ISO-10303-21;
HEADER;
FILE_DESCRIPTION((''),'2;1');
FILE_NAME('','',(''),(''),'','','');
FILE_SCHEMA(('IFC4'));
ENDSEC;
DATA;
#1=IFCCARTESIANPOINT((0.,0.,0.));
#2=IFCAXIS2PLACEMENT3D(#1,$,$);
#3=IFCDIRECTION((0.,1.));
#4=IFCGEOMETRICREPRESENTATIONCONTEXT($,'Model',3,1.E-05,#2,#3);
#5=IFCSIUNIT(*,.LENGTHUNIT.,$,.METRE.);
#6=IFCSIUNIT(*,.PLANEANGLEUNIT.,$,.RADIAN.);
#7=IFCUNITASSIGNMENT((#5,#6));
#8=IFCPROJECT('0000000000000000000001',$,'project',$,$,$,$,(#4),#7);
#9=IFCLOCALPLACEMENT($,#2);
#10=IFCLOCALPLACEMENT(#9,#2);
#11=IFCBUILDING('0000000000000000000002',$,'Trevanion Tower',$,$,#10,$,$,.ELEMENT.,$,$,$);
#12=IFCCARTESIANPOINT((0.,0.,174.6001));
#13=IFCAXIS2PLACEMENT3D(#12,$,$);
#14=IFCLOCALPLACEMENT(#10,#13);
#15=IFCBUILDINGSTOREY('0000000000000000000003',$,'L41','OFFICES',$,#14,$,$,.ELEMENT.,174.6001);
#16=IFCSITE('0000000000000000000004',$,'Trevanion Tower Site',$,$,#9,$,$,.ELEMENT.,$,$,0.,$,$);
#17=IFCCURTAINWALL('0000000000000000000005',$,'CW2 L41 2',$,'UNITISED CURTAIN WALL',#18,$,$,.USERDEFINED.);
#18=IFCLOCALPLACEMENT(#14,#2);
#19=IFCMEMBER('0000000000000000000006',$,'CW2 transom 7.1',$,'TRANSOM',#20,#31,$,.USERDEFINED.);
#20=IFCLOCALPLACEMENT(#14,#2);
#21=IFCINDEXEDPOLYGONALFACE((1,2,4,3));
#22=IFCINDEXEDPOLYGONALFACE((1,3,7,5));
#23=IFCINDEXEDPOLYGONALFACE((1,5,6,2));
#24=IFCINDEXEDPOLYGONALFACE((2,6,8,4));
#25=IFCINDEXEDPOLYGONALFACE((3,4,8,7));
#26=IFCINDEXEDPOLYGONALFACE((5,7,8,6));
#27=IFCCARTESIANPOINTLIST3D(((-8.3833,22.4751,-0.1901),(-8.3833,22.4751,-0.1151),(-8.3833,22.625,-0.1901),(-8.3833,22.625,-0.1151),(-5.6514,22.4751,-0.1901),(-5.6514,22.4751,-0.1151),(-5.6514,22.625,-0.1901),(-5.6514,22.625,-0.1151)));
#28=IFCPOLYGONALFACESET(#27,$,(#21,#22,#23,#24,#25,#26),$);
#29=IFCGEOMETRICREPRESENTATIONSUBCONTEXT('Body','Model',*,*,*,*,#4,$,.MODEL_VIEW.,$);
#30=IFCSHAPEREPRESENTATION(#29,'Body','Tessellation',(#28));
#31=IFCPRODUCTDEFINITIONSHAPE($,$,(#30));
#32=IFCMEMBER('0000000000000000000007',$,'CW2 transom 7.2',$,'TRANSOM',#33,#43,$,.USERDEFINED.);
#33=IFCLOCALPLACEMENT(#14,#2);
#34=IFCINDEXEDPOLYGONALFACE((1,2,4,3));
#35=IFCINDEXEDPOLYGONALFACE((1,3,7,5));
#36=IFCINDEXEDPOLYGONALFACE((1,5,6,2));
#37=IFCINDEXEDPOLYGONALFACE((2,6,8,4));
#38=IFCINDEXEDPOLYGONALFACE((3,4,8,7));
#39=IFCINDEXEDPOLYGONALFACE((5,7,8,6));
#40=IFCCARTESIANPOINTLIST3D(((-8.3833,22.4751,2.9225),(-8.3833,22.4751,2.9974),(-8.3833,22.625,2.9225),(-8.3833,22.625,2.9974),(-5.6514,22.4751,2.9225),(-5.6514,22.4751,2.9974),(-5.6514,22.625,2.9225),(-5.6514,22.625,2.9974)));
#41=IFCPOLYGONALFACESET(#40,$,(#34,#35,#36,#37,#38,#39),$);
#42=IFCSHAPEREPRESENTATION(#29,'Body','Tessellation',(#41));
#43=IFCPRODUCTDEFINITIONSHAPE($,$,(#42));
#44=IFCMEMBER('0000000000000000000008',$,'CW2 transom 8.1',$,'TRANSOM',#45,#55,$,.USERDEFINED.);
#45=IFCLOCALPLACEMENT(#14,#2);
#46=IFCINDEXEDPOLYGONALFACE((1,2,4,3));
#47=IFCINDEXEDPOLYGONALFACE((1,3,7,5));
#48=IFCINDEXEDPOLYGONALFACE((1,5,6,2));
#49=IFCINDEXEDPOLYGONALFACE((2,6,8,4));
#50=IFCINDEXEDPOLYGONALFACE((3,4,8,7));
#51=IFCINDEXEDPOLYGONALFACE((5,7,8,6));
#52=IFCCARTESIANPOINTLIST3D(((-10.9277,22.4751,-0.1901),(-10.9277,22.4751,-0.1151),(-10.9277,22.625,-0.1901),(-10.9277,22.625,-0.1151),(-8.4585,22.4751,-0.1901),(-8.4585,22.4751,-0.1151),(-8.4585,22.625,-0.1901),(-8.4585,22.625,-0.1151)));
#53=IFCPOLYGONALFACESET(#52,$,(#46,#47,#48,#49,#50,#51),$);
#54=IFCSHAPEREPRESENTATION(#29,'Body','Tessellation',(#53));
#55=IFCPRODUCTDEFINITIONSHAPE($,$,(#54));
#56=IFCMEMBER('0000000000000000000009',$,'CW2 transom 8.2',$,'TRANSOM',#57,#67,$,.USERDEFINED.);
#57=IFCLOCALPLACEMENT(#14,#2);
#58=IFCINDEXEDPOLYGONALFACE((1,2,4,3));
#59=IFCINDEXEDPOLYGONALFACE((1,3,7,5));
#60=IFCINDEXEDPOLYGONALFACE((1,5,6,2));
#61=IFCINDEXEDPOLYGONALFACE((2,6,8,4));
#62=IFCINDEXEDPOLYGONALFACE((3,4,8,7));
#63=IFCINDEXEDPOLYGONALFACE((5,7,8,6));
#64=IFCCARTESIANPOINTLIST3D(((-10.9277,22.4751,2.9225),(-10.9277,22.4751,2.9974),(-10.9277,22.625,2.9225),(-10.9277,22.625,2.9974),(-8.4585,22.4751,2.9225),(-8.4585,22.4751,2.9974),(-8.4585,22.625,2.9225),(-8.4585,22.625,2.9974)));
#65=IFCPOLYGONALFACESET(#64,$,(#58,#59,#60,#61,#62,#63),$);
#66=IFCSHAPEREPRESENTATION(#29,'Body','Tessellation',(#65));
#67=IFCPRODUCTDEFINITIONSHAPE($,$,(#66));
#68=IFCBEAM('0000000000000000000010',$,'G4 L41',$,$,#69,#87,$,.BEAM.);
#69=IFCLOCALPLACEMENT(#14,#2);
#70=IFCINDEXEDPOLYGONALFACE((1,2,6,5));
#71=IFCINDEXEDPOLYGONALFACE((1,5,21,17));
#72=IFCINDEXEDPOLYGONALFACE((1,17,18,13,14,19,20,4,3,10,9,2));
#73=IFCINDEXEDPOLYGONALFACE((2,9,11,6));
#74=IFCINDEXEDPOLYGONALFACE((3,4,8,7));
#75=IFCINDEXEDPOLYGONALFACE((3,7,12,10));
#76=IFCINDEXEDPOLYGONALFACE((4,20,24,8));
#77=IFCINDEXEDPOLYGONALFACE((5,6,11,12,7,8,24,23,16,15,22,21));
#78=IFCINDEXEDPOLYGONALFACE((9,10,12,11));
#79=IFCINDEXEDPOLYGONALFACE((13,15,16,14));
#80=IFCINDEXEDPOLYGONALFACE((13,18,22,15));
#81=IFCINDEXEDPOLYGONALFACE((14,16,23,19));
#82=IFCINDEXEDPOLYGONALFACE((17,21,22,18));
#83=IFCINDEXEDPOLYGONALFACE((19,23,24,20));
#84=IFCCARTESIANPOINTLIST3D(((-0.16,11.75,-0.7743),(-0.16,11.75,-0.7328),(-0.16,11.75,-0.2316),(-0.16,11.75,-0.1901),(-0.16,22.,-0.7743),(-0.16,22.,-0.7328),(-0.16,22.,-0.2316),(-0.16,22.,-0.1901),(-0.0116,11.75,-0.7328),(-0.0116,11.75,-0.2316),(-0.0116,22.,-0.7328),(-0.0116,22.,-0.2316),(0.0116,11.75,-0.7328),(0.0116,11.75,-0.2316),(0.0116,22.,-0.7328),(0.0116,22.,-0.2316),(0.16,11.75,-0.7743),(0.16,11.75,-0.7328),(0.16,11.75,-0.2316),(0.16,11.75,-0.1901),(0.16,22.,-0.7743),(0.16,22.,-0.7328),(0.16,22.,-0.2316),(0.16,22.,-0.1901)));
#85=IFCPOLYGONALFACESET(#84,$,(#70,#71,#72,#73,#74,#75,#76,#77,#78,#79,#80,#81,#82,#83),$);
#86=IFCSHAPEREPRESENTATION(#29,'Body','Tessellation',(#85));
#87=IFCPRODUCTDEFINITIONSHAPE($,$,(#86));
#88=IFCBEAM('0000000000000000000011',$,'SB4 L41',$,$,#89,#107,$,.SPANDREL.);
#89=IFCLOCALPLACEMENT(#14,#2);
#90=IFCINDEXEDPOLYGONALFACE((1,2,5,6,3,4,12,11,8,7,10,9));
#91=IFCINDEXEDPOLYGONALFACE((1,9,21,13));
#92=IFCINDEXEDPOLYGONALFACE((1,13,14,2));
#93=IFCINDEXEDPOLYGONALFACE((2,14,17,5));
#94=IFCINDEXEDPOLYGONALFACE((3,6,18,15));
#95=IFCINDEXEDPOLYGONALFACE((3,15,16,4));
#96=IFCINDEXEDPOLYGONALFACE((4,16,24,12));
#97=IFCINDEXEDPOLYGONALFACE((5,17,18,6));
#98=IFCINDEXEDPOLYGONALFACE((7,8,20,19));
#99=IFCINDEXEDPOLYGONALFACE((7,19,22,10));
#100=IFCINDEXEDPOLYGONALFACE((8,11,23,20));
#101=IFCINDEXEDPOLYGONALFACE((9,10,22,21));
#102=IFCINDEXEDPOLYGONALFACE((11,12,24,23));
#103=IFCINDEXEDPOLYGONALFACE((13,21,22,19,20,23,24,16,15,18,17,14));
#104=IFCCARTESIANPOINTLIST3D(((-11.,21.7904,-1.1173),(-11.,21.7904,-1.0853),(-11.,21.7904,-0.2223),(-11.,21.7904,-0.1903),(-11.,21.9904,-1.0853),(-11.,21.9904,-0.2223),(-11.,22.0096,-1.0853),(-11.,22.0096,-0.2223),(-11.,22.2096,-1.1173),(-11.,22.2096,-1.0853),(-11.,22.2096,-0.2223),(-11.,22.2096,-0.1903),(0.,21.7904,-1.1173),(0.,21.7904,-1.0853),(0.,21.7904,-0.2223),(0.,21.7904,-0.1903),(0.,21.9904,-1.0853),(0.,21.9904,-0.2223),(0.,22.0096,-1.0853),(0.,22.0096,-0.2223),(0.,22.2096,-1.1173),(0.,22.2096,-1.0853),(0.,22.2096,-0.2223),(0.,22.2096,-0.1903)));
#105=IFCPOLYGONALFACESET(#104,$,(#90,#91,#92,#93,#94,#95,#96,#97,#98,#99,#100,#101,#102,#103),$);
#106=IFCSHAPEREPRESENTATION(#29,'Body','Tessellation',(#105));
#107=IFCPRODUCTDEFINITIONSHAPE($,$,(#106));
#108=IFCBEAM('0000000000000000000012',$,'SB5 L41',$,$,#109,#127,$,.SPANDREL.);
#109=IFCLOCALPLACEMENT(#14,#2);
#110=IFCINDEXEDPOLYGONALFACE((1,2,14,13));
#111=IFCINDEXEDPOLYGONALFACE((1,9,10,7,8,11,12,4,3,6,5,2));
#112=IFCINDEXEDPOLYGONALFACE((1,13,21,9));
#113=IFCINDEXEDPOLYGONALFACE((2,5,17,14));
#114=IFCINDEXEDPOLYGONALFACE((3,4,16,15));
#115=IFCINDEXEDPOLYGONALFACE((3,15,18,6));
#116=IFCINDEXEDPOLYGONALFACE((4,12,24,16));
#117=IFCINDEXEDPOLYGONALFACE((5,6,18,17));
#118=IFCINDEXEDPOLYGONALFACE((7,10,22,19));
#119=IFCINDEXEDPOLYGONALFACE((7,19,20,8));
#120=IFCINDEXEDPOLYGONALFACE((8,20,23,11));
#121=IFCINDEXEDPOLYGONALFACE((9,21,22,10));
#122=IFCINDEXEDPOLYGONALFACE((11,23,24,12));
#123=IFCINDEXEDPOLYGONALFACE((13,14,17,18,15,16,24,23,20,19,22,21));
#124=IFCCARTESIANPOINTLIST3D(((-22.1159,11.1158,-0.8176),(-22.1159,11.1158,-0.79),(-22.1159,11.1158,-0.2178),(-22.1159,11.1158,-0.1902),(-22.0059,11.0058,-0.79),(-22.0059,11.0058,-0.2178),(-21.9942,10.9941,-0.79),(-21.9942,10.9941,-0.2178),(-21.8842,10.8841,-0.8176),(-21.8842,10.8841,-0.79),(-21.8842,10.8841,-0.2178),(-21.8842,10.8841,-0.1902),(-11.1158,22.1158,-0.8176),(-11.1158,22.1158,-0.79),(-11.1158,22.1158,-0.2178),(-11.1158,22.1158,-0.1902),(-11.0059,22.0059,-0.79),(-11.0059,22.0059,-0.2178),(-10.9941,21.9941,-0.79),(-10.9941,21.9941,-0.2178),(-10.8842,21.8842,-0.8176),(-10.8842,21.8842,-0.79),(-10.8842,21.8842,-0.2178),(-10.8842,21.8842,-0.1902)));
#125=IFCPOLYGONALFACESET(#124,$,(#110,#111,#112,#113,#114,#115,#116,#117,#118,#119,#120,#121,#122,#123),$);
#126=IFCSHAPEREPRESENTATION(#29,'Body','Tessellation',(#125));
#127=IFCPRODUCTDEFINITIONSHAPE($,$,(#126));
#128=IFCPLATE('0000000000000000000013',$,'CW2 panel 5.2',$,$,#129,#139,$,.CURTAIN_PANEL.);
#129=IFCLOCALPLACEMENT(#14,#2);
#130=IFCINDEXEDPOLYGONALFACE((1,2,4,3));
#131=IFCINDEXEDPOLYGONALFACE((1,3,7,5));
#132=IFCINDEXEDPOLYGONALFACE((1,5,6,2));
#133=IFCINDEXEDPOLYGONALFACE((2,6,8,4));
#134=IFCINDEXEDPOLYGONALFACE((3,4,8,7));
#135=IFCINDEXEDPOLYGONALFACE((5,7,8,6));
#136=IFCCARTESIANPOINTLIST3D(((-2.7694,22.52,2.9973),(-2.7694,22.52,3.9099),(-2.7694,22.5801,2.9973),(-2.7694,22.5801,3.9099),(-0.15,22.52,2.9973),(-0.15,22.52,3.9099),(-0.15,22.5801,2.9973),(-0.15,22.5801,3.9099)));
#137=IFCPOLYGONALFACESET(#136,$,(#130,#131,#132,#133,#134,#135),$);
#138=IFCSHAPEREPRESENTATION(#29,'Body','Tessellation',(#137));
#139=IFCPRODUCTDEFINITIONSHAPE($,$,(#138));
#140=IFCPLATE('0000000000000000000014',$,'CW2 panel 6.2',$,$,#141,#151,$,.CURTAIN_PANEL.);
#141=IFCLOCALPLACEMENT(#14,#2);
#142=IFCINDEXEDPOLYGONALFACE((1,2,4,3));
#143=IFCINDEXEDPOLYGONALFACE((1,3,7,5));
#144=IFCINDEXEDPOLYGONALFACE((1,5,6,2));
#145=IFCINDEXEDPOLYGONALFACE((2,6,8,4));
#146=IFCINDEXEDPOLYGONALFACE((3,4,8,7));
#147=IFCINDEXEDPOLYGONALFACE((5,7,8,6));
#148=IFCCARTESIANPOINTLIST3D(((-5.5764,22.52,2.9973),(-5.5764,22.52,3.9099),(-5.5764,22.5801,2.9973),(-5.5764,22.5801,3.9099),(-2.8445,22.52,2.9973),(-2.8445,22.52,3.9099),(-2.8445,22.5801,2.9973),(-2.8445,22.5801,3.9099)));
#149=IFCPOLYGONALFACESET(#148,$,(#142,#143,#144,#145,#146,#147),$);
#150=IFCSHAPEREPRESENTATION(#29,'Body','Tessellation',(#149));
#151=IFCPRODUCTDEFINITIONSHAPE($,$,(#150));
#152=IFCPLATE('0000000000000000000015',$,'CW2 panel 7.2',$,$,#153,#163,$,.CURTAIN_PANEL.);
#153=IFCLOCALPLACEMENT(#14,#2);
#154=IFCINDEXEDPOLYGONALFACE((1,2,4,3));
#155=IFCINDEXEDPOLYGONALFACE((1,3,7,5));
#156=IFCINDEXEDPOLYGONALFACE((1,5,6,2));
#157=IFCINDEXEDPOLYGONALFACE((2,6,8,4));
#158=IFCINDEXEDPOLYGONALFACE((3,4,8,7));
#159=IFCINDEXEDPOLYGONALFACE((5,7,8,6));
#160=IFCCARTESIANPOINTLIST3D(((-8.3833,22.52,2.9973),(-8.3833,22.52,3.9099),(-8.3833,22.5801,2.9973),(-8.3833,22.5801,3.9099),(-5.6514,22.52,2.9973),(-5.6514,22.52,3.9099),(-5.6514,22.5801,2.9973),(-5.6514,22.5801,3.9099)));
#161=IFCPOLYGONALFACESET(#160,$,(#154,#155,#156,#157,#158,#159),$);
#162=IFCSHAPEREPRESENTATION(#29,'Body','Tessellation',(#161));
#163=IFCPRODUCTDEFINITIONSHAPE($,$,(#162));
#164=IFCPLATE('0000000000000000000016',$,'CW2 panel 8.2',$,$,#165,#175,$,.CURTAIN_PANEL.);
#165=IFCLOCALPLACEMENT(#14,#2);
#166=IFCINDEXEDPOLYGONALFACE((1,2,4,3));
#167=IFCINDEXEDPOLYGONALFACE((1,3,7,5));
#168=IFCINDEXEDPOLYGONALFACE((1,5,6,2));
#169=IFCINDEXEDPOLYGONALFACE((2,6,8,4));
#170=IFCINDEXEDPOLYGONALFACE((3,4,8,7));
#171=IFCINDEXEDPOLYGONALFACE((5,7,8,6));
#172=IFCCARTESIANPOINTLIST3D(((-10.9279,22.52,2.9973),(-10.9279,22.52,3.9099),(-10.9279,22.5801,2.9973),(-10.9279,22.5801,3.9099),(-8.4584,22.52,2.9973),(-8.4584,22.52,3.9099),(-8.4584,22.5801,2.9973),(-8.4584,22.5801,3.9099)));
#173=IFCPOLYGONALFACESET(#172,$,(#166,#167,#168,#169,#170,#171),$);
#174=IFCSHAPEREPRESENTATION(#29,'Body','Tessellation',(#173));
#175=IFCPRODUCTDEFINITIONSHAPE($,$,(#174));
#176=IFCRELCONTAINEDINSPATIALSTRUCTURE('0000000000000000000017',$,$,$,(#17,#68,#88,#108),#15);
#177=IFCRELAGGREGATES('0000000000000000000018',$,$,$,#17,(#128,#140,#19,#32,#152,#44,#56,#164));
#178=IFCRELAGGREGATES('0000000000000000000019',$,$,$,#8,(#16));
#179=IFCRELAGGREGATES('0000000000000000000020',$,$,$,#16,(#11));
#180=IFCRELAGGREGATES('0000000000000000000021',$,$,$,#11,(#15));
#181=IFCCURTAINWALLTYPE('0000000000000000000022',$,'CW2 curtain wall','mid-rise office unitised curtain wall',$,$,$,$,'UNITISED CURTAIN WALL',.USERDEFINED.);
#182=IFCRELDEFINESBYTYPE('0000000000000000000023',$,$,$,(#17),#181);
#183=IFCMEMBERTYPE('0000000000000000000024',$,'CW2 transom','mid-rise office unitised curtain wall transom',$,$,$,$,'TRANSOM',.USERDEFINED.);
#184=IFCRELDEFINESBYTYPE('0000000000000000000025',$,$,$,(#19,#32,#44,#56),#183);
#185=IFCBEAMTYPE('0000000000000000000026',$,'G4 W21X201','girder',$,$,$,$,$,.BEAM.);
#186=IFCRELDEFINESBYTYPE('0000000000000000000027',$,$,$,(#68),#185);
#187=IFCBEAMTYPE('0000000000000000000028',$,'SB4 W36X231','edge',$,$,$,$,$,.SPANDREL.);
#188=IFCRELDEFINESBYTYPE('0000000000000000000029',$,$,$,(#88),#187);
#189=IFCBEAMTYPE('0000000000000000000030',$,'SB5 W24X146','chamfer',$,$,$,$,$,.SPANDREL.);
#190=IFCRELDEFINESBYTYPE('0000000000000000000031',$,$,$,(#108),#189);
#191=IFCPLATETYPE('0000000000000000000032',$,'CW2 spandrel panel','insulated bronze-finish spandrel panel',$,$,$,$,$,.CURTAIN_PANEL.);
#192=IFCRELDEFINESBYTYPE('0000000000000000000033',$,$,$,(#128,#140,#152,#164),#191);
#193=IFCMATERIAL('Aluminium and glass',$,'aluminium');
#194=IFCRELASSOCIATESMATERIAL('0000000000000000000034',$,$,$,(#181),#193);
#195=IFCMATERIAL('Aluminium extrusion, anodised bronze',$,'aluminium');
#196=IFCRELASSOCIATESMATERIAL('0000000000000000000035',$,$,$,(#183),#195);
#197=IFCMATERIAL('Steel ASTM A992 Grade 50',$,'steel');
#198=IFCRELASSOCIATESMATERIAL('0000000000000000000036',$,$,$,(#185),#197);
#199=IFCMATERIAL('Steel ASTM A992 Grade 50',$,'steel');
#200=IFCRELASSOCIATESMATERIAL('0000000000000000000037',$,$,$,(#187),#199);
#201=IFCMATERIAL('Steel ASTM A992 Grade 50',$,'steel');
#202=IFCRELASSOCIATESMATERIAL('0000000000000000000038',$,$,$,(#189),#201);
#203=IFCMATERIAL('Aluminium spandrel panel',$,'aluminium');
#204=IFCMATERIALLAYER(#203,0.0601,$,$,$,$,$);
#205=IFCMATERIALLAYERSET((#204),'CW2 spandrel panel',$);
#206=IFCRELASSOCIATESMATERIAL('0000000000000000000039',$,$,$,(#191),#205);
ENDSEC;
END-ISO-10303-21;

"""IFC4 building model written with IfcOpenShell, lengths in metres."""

from ifc_helpers import new_model, si_unit, direction, frame, origin, origin_2d, place, context, subcontext, project, spatial, rectangle, i_section, extrude, material, layer, layer_set, material_profile, profile_set, type_object, element, aggregate, save


model = new_model("IFC4")

# Units and contexts
model_context = context("Model", 3, precision=1e-05, world=origin(), true_north=direction((0.0, 1.0)))
body_context = subcontext(model_context, "Body", "Model", "MODEL_VIEW")
ifc_project = project(units=[si_unit("LENGTHUNIT", "METRE"), si_unit("PLANEANGLEUNIT", "RADIAN")], contexts=[model_context])

# Site, building, storey
site_placement = place(None, origin())
site = spatial("IfcSite", under=ifc_project, at=site_placement, Name="Trevanion Tower Site", CompositionType="ELEMENT", RefElevation=0.0)
building_placement = place(site_placement, origin())
building = spatial("IfcBuilding", under=site, at=building_placement, Name="Trevanion Tower", CompositionType="ELEMENT")
storey_placement = place(building_placement, frame((0.0, 0.0, 174.6001)))
storey = spatial("IfcBuildingStorey", under=building, at=storey_placement, Name="L41", Description="OFFICES", CompositionType="ELEMENT", Elevation=174.6001)

# Curtain wall, members
ifc_material_1 = material(Name="Aluminium and glass", Category="aluminium")
curtain_wall_type = type_object("IfcCurtainWallType", Name="CW2 curtain wall", Description="mid-rise office unitised curtain wall", ElementType="UNITISED CURTAIN WALL", PredefinedType="USERDEFINED", material=ifc_material_1)
curtain_wall_placement = place(storey_placement, origin())
curtain_wall = element("IfcCurtainWall", 1, at=curtain_wall_placement, inside=storey, type_object=curtain_wall_type, Name="CW2 L41 2", ObjectType="UNITISED CURTAIN WALL", PredefinedType="USERDEFINED")
ifc_material_2 = material(Name="Aluminium extrusion, anodised bronze", Category="aluminium")
ifc_material_profile_1 = material_profile(ifc_material_2, rectangle(XDim=0.1499, YDim=0.075, at=origin_2d()), Name="CW2 transom")
ifc_profile_set_1 = profile_set([ifc_material_profile_1], Name="Aluminium extrusion, anodised bronze")
member_type_1 = type_object("IfcMemberType", Name="CW2 transom", Description="mid-rise office unitised curtain wall transom", ElementType="TRANSOM", PredefinedType="USERDEFINED", material=ifc_profile_set_1)
member_1_placement = place(storey_placement, frame((-5.6514, 22.55, -0.1526), z_axis=(-1.0, 0.0, 0.0), x_axis=(0.0, -1.0, 0.0)))
member_1 = element("IfcMember", 2, at=member_1_placement, type_object=member_type_1, Name="CW2 transom 7.1", ObjectType="TRANSOM", PredefinedType="USERDEFINED", context=body_context, shape_type="SweptSolid", body=[
    extrude(rectangle(XDim=0.1499, YDim=0.075, at=origin_2d()), origin(), (0.0, 0.0, 1.0), 2.7319),
])
member_2_placement = place(storey_placement, frame((-5.6514, 22.55, 2.96), z_axis=(-1.0, 0.0, 0.0), x_axis=(0.0, -1.0, 0.0)))
member_2 = element("IfcMember", 3, at=member_2_placement, type_object=member_type_1, Name="CW2 transom 7.2", ObjectType="TRANSOM", PredefinedType="USERDEFINED", context=body_context, shape_type="SweptSolid", body=[
    extrude(rectangle(XDim=0.1499, YDim=0.075, at=origin_2d()), origin(), (0.0, 0.0, 1.0), 2.7319),
])
member_3_placement = place(storey_placement, frame((-8.4585, 22.55, -0.1526), z_axis=(-1.0, 0.0, 0.0), x_axis=(0.0, -1.0, 0.0)))
member_3 = element("IfcMember", 4, at=member_3_placement, type_object=member_type_1, Name="CW2 transom 8.1", ObjectType="TRANSOM", PredefinedType="USERDEFINED", context=body_context, shape_type="SweptSolid", body=[
    extrude(rectangle(XDim=0.1499, YDim=0.075, at=origin_2d()), origin(), (0.0, 0.0, 1.0), 2.4692),
])
member_4_placement = place(storey_placement, frame((-8.4585, 22.55, 2.96), z_axis=(-1.0, 0.0, 0.0), x_axis=(0.0, -1.0, 0.0)))
member_4 = element("IfcMember", 5, at=member_4_placement, type_object=member_type_1, Name="CW2 transom 8.2", ObjectType="TRANSOM", PredefinedType="USERDEFINED", context=body_context, shape_type="SweptSolid", body=[
    extrude(rectangle(XDim=0.1499, YDim=0.075, at=origin_2d()), origin(), (0.0, 0.0, 1.0), 2.4692),
])

# Beams
ifc_material_3 = material(Name="Steel ASTM A992 Grade 50", Category="steel")
ifc_material_profile_2 = material_profile(ifc_material_3, i_section(OverallWidth=0.3201, OverallDepth=0.5842, WebThickness=0.0232, FlangeThickness=0.0415, at=origin_2d()), Name="W21X201")
ifc_profile_set_2 = profile_set([ifc_material_profile_2], Name="Steel ASTM A992 Grade 50")
beam_type_1 = type_object("IfcBeamType", Name="G4 W21X201", Description="girder", PredefinedType="BEAM", material=ifc_profile_set_2)
beam_1_placement = place(storey_placement, frame((0.0, 11.75, -0.4822), z_axis=(0.0, 1.0, 0.0), x_axis=(-1.0, 0.0, 0.0)))
element("IfcBeam", 6, at=beam_1_placement, inside=storey, type_object=beam_type_1, Name="G4 L41", PredefinedType="BEAM", context=body_context, shape_type="SweptSolid", body=[
    extrude(i_section(OverallWidth=0.3201, OverallDepth=0.5842, WebThickness=0.0232, FlangeThickness=0.0415, at=origin_2d()), origin(), (0.0, 0.0, 1.0), 10.25),
])
ifc_material_4 = material(Name="Steel ASTM A992 Grade 50", Category="steel")
ifc_material_profile_3 = material_profile(ifc_material_4, i_section(OverallWidth=0.4192, OverallDepth=0.927, WebThickness=0.0193, FlangeThickness=0.032, at=origin_2d()), Name="W36X231")
ifc_profile_set_3 = profile_set([ifc_material_profile_3], Name="Steel ASTM A992 Grade 50")
beam_type_2 = type_object("IfcBeamType", Name="SB4 W36X231", Description="edge", PredefinedType="SPANDREL", material=ifc_profile_set_3)
beam_2_placement = place(storey_placement, frame((0.0, 22.0, -0.6538), z_axis=(-1.0, 0.0, 0.0), x_axis=(0.0, -1.0, 0.0)))
element("IfcBeam", 7, at=beam_2_placement, inside=storey, type_object=beam_type_2, Name="SB4 L41", PredefinedType="SPANDREL", context=body_context, shape_type="SweptSolid", body=[
    extrude(i_section(OverallWidth=0.4192, OverallDepth=0.927, WebThickness=0.0193, FlangeThickness=0.032, at=origin_2d()), origin(), (0.0, 0.0, 1.0), 11.0),
])
ifc_material_5 = material(Name="Steel ASTM A992 Grade 50", Category="steel")
ifc_material_profile_4 = material_profile(ifc_material_5, i_section(OverallWidth=0.3276, OverallDepth=0.6274, WebThickness=0.0166, FlangeThickness=0.0276, at=origin_2d()), Name="W24X146")
ifc_profile_set_4 = profile_set([ifc_material_profile_4], Name="Steel ASTM A992 Grade 50")
beam_type_3 = type_object("IfcBeamType", Name="SB5 W24X146", Description="chamfer", PredefinedType="SPANDREL", material=ifc_profile_set_4)
beam_3_placement = place(storey_placement, frame((-11.0, 22.0, -0.5039), z_axis=(-0.707107, -0.707107, 0.0), x_axis=(0.707107, -0.707107, 0.0)))
element("IfcBeam", 8, at=beam_3_placement, inside=storey, type_object=beam_type_3, Name="SB5 L41", PredefinedType="SPANDREL", context=body_context, shape_type="SweptSolid", body=[
    extrude(i_section(OverallWidth=0.3276, OverallDepth=0.6274, WebThickness=0.0166, FlangeThickness=0.0276, at=origin_2d()), origin(), (0.0, 0.0, 1.0), 15.5564),
])

# Plates
ifc_material_6 = material(Name="Aluminium spandrel panel", Category="aluminium")
ifc_layer_1 = layer(ifc_material_6, 0.0601)
ifc_layer_set_1 = layer_set([ifc_layer_1], Name="CW2 spandrel panel")
plate_type_1 = type_object("IfcPlateType", Name="CW2 spandrel panel", Description="insulated bronze-finish spandrel panel", PredefinedType="CURTAIN_PANEL", material=ifc_layer_set_1)
plate_1_placement = place(storey_placement, frame((-1.4597, 22.55, 2.9973), z_axis=(0.0, 0.0, 1.0), x_axis=(-1.0, 0.0, 0.0)))
plate_1 = element("IfcPlate", 9, at=plate_1_placement, type_object=plate_type_1, Name="CW2 panel 5.2", PredefinedType="CURTAIN_PANEL", context=body_context, shape_type="SweptSolid", body=[
    extrude(rectangle(XDim=2.6194, YDim=0.0601, at=origin_2d()), origin(), (0.0, 0.0, 1.0), 0.9126),
])
plate_2_placement = place(storey_placement, frame((-4.2104, 22.55, 2.9973), z_axis=(0.0, 0.0, 1.0), x_axis=(-1.0, 0.0, 0.0)))
plate_2 = element("IfcPlate", 10, at=plate_2_placement, type_object=plate_type_1, Name="CW2 panel 6.2", PredefinedType="CURTAIN_PANEL", context=body_context, shape_type="SweptSolid", body=[
    extrude(rectangle(XDim=2.7319, YDim=0.0601, at=origin_2d()), origin(), (0.0, 0.0, 1.0), 0.9126),
])
plate_3_placement = place(storey_placement, frame((-7.0173, 22.55, 2.9973), z_axis=(0.0, 0.0, 1.0), x_axis=(-1.0, 0.0, 0.0)))
plate_3 = element("IfcPlate", 11, at=plate_3_placement, type_object=plate_type_1, Name="CW2 panel 7.2", PredefinedType="CURTAIN_PANEL", context=body_context, shape_type="SweptSolid", body=[
    extrude(rectangle(XDim=2.7319, YDim=0.0601, at=origin_2d()), origin(), (0.0, 0.0, 1.0), 0.9126),
])
plate_4_placement = place(storey_placement, frame((-9.6931, 22.55, 2.9973), z_axis=(0.0, 0.0, 1.0), x_axis=(-1.0, 0.0, 0.0)))
plate_4 = element("IfcPlate", 12, at=plate_4_placement, type_object=plate_type_1, Name="CW2 panel 8.2", PredefinedType="CURTAIN_PANEL", context=body_context, shape_type="SweptSolid", body=[
    extrude(rectangle(XDim=2.4695, YDim=0.0601, at=origin_2d()), origin(), (0.0, 0.0, 1.0), 0.9126),
])
aggregate(curtain_wall, [plate_1, plate_2, member_1, member_2, plate_3, member_3, member_4, plate_4])

save(model, "model.ifc")
